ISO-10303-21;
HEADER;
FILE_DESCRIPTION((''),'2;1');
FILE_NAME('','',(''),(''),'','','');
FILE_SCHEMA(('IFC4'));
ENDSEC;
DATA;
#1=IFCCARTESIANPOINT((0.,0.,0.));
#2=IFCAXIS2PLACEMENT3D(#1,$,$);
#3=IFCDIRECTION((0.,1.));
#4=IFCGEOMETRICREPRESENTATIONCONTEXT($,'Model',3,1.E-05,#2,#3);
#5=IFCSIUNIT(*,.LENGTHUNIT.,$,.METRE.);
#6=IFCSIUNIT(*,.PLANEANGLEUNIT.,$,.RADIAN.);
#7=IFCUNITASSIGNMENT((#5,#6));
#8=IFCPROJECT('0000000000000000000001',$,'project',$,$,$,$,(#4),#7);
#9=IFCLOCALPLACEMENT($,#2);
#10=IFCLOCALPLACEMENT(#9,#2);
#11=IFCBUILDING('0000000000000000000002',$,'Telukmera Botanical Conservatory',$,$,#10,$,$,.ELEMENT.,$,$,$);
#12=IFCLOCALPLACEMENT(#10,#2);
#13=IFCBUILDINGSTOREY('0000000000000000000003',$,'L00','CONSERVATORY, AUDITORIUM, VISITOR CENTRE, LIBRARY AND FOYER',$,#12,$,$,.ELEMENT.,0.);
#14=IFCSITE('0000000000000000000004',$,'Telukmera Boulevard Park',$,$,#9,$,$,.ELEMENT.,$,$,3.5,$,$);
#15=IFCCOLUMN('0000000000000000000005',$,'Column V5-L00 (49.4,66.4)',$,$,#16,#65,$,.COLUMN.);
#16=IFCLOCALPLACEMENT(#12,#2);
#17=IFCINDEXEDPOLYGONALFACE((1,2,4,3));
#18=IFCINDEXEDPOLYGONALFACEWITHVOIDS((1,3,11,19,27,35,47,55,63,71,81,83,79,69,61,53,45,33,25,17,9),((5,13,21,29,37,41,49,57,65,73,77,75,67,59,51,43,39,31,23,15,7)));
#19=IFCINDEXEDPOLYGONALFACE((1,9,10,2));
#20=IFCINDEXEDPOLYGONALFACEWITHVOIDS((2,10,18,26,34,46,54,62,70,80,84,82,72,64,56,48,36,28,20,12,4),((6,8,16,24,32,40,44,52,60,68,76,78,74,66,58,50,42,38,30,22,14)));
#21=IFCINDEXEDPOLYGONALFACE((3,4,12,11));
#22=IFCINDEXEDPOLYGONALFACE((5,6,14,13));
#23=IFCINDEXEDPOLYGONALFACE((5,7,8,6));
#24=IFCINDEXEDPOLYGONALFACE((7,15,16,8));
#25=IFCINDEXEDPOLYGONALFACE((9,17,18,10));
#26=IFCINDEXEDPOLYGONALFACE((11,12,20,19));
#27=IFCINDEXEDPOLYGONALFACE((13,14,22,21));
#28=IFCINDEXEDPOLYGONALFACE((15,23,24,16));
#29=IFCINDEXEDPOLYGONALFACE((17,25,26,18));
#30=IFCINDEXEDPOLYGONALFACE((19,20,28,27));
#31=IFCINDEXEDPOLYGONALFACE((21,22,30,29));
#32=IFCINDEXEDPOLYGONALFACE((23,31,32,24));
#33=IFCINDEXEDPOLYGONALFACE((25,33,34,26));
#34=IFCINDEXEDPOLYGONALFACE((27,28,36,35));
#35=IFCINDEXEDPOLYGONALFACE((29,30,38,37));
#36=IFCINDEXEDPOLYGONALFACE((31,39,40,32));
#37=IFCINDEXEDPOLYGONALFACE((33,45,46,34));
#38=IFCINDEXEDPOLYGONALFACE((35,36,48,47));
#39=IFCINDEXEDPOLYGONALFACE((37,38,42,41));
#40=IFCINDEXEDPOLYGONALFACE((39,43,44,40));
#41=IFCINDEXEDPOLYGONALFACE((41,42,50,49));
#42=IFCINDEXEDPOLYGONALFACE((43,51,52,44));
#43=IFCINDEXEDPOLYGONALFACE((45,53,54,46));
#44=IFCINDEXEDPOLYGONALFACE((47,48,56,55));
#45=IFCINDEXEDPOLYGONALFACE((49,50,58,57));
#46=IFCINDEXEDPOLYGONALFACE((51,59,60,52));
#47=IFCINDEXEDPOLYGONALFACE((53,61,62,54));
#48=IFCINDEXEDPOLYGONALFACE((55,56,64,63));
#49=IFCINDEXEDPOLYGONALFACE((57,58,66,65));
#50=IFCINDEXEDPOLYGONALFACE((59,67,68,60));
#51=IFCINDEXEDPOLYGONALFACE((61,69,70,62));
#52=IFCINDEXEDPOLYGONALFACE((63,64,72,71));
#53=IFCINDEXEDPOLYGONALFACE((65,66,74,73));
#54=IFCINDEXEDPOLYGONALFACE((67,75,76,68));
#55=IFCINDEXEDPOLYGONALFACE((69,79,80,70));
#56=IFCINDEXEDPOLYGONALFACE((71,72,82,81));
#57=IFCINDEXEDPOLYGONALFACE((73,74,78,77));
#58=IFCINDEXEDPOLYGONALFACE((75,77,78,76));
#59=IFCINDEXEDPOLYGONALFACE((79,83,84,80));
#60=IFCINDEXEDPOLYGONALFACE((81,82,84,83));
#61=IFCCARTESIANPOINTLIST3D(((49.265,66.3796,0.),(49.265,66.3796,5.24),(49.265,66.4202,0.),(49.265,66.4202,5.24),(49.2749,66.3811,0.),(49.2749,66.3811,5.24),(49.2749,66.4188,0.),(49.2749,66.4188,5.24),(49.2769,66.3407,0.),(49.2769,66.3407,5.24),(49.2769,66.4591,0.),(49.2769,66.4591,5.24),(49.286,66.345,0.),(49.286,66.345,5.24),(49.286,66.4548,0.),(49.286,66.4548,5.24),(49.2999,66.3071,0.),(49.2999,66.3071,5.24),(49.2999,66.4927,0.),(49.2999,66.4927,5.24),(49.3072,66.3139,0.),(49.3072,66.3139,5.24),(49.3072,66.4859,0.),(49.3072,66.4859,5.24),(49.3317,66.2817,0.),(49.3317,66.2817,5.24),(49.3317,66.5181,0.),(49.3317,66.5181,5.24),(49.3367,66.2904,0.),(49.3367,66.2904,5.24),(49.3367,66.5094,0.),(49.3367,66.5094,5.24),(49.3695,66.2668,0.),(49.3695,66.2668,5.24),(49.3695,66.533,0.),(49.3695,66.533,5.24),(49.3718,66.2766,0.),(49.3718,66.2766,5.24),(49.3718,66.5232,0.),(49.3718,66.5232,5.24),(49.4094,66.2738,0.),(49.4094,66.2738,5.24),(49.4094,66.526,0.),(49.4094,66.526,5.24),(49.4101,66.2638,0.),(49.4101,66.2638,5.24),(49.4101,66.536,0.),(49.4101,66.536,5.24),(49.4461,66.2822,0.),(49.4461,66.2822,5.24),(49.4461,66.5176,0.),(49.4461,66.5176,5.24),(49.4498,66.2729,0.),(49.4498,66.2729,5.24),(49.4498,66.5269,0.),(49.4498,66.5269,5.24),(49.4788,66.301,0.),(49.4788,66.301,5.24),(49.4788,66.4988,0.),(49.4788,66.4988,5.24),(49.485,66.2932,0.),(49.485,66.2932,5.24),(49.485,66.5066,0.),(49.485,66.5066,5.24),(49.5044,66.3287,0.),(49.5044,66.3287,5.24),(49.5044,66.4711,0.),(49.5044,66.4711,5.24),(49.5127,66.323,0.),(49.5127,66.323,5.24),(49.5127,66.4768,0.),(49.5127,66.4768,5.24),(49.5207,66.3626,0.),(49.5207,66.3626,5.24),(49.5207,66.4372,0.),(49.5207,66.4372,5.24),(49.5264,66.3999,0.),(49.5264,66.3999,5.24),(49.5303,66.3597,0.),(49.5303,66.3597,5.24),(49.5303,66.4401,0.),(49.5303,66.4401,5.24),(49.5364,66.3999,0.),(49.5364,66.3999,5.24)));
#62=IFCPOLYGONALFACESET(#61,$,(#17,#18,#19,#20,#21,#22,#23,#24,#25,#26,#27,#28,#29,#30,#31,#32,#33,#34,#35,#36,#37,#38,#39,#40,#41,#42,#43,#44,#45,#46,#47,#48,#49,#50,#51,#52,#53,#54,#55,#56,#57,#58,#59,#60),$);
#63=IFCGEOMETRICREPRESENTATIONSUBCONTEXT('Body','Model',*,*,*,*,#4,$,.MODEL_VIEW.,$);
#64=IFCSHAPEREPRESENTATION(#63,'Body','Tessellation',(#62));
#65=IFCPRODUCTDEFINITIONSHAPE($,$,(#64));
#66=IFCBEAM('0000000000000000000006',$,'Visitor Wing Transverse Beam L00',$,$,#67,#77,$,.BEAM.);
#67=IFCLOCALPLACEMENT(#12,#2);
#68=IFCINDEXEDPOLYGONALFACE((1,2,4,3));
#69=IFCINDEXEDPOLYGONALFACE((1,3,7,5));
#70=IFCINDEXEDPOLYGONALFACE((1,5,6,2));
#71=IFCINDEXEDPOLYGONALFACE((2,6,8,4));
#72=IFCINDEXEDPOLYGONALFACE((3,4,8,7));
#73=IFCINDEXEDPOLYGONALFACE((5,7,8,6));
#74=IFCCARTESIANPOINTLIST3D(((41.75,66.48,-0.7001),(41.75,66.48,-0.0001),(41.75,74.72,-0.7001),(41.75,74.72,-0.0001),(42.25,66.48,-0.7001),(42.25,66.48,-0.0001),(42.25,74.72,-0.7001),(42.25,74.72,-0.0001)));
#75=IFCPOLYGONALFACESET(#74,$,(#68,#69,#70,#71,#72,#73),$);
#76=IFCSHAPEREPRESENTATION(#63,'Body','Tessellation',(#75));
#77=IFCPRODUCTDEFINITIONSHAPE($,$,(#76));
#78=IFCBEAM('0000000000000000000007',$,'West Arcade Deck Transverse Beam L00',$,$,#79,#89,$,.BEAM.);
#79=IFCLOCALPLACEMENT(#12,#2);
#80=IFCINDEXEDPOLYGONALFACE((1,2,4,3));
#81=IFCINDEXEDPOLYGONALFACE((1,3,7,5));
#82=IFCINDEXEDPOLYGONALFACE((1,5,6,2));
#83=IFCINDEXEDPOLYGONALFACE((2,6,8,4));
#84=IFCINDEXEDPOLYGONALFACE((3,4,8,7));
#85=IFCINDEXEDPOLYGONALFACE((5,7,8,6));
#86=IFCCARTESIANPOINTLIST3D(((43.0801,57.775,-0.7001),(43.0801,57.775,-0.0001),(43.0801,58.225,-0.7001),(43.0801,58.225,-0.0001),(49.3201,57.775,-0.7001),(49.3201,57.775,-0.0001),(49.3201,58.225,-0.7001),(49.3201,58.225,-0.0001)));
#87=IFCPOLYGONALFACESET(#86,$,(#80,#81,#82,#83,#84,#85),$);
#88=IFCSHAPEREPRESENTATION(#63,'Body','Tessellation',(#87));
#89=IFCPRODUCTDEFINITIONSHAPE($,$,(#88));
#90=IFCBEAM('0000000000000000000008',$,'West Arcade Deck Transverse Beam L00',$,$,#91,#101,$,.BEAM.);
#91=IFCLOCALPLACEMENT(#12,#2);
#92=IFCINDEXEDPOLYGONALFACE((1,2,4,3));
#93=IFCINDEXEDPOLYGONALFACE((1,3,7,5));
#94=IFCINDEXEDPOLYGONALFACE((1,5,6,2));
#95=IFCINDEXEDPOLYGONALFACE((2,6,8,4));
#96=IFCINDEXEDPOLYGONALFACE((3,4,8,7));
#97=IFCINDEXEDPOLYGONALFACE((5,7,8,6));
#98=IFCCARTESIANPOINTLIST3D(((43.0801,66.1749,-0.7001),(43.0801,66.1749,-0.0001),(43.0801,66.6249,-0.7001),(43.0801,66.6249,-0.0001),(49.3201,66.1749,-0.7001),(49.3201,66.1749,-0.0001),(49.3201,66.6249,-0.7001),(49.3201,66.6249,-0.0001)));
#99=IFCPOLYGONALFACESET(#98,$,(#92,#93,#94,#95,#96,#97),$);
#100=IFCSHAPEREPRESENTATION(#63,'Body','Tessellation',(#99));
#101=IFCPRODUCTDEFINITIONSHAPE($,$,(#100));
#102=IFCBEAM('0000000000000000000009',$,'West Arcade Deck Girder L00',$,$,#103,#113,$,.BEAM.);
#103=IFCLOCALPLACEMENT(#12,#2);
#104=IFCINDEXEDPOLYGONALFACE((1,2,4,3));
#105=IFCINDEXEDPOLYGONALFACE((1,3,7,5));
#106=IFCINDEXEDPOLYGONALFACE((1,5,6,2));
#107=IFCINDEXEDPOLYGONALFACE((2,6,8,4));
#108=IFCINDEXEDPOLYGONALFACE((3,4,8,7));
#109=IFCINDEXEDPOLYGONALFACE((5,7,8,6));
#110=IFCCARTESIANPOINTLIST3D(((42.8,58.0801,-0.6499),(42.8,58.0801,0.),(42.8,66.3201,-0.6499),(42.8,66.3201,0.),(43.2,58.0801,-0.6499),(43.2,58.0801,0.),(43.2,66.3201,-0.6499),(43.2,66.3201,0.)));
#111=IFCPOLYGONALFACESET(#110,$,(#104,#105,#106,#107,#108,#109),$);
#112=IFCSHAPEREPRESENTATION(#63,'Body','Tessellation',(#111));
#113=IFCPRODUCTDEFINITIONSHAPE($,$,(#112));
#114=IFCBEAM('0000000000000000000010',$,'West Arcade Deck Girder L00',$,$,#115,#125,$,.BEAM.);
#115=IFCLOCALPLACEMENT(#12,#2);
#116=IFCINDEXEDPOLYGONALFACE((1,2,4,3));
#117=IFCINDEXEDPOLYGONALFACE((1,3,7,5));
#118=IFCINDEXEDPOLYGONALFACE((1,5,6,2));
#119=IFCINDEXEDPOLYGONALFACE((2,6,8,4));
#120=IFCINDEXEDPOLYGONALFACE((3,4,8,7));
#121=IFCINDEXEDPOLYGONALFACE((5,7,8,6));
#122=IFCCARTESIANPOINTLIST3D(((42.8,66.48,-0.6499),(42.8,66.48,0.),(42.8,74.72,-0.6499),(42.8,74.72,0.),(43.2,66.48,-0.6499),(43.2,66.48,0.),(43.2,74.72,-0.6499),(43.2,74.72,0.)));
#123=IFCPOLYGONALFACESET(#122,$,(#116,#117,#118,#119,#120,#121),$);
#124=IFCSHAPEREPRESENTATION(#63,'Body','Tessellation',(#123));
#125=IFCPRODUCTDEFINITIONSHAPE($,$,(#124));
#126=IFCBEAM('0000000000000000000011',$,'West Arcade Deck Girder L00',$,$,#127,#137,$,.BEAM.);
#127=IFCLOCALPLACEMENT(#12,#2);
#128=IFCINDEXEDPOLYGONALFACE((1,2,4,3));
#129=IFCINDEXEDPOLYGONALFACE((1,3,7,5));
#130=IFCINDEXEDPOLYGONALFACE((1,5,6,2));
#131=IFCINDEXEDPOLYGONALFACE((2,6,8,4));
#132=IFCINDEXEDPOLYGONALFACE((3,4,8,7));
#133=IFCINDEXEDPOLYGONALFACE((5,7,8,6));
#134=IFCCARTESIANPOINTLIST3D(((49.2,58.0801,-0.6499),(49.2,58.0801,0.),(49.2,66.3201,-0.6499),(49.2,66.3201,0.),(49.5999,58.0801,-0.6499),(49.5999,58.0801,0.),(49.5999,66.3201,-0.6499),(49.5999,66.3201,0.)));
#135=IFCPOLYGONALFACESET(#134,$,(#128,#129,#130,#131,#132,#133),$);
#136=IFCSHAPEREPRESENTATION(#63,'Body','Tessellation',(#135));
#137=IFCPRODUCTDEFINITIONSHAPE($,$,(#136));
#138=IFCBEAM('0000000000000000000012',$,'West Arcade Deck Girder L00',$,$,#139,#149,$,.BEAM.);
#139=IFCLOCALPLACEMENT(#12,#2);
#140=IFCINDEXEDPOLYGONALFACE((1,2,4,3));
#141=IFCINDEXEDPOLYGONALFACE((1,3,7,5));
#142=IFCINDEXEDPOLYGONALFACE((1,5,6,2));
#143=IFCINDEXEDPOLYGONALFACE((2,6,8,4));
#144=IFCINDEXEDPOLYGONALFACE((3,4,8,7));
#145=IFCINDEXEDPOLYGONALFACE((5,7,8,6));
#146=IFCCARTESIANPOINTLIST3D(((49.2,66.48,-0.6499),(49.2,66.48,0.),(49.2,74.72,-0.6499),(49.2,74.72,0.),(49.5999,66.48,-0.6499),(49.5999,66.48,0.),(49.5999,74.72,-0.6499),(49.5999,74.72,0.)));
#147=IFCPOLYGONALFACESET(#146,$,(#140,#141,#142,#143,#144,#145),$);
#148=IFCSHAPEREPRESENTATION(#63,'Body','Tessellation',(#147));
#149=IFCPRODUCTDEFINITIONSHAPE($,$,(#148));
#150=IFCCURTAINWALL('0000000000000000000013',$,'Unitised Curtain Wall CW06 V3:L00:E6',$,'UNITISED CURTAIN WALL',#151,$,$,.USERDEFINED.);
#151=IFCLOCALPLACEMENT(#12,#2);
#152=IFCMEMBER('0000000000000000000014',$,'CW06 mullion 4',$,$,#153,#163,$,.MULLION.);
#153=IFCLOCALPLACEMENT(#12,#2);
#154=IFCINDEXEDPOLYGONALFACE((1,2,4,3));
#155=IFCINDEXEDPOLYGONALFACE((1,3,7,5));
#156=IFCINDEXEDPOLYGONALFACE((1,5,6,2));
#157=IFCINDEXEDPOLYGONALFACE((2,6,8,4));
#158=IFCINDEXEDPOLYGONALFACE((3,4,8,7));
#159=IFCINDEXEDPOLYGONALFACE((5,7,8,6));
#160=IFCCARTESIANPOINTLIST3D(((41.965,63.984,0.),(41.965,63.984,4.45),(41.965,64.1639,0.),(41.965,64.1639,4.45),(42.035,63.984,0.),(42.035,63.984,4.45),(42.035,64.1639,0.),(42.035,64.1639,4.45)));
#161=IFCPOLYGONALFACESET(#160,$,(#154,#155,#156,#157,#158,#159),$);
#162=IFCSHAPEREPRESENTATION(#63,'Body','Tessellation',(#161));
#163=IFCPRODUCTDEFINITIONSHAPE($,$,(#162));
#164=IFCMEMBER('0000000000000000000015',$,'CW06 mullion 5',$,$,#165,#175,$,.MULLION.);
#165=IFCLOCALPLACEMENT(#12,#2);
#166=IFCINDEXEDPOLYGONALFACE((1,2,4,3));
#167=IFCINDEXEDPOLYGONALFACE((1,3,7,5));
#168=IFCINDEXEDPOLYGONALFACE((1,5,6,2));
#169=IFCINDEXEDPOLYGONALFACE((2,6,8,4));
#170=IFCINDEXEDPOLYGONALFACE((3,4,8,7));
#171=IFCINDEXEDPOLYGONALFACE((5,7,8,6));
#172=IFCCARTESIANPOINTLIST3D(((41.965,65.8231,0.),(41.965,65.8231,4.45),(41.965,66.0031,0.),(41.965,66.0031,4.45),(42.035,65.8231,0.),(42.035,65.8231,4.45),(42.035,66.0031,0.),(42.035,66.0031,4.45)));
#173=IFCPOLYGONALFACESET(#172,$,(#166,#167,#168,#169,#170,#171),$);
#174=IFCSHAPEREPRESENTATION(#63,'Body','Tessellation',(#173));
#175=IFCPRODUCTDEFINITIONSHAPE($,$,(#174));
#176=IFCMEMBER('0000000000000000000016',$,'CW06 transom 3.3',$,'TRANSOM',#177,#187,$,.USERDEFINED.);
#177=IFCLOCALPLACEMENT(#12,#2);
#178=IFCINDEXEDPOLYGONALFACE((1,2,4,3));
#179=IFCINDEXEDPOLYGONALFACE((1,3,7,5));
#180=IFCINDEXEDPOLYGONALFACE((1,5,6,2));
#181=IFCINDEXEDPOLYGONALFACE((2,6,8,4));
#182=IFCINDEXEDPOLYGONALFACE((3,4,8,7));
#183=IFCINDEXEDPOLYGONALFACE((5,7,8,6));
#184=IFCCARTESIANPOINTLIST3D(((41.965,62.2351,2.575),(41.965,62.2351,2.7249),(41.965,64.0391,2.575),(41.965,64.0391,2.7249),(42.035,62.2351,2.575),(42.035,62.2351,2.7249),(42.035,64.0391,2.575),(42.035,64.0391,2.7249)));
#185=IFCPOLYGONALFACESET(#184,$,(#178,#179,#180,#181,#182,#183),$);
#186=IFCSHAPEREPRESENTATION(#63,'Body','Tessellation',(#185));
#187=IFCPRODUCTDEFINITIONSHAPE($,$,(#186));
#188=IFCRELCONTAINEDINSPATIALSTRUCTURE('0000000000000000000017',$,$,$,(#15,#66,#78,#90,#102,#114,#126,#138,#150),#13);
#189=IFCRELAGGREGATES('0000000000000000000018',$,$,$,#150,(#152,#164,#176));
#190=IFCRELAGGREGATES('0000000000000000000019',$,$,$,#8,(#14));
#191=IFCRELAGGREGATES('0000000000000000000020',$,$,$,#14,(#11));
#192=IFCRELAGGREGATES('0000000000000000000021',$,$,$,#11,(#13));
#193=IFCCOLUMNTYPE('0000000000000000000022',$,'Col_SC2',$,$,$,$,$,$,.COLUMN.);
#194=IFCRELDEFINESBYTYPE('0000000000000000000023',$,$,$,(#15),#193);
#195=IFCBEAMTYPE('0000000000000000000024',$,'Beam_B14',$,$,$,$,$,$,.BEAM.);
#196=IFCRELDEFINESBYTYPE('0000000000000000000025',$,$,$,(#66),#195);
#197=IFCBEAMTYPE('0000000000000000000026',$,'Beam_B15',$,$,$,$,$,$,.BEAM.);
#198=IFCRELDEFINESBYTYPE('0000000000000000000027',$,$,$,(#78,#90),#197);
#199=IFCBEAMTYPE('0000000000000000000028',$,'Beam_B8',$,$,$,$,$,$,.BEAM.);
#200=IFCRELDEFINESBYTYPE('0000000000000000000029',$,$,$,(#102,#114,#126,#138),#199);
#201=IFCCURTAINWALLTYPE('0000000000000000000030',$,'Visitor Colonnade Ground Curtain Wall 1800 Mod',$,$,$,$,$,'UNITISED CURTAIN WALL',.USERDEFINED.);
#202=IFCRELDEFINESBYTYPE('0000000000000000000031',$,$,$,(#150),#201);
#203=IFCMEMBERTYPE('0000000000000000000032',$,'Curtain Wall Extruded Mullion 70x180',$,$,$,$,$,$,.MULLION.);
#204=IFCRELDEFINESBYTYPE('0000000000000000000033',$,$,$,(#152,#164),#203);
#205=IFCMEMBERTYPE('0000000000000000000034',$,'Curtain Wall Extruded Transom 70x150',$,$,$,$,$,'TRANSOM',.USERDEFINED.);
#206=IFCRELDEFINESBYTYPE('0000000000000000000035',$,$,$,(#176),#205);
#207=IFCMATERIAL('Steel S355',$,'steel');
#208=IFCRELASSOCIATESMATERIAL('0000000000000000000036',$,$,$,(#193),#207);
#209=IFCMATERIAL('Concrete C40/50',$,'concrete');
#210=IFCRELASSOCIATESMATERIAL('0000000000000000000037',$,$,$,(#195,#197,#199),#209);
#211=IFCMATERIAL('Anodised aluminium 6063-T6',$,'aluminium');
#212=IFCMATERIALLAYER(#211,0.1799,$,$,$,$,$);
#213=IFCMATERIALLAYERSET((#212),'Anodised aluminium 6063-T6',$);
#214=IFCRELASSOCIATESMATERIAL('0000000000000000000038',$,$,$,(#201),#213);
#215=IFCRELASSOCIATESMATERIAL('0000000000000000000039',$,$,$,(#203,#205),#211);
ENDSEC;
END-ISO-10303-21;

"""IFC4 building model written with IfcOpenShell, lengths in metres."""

from ifc_helpers import new_model, si_unit, direction, frame, origin, origin_2d, place, context, subcontext, project, spatial, rectangle, hollow_circle, extrude, material, layer, layer_set, material_profile, profile_set, type_object, element, aggregate, save


model = new_model("IFC4")

# Units and contexts
model_context = context("Model", 3, precision=1e-05, world=origin(), true_north=direction((0.0, 1.0)))
body_context = subcontext(model_context, "Body", "Model", "MODEL_VIEW")
ifc_project = project(units=[si_unit("LENGTHUNIT", "METRE"), si_unit("PLANEANGLEUNIT", "RADIAN")], contexts=[model_context])

# Site, building, storey
site_placement = place(None, origin())
site = spatial("IfcSite", under=ifc_project, at=site_placement, Name="Telukmera Boulevard Park", CompositionType="ELEMENT", RefElevation=3.5)
building_placement = place(site_placement, origin())
building = spatial("IfcBuilding", under=site, at=building_placement, Name="Telukmera Botanical Conservatory", CompositionType="ELEMENT")
storey_placement = place(building_placement, origin())
storey = spatial("IfcBuildingStorey", under=building, at=storey_placement, Name="L00", Description="CONSERVATORY, AUDITORIUM, VISITOR CENTRE, LIBRARY AND FOYER", CompositionType="ELEMENT", Elevation=0.0)

# Column
ifc_material_1 = material(Name="Concrete C40/50", Category="concrete")
ifc_material_2 = material(Name="Steel S355", Category="steel")
ifc_material_profile_1 = material_profile(ifc_material_2, hollow_circle(Radius=0.1365, WallThickness=0.01, at=origin_2d()), Name="CHS 273.0x10.0")
ifc_profile_set_1 = profile_set([ifc_material_profile_1], Name="Steel S355")
column_type_1 = type_object("IfcColumnType", Name="Col_SC2", PredefinedType="COLUMN", material=ifc_profile_set_1)
for number, where, z_axis, x_axis, name in (
    (1, (49.3999, 66.3999, 0.0), (0.0, 0.0, 1.0), (1.0, 0.0, 0.0), "Column V5-L00 (49.4,66.4)"),
):
    element("IfcColumn", number, at=place(storey_placement, frame(where, z_axis=z_axis, x_axis=x_axis)), inside=storey, type_object=column_type_1, Name=name, PredefinedType="COLUMN", context=body_context, shape_type="SweptSolid", body=[
        extrude(hollow_circle(Radius=0.1365, WallThickness=0.01, at=origin_2d()), origin(), (0.0, 0.0, 1.0), 5.24),
    ])

# Beams
ifc_material_profile_2 = material_profile(ifc_material_1, rectangle(XDim=0.5, YDim=0.7, at=origin_2d()), Name="RC 500x700")
ifc_profile_set_2 = profile_set([ifc_material_profile_2], Name="Concrete C40/50")
beam_type_1 = type_object("IfcBeamType", Name="Beam_B14", PredefinedType="BEAM", material=ifc_profile_set_2)
beam_placement = place(storey_placement, frame((42.0, 66.48, -0.3501), z_axis=(0.0, 1.0, 0.0), x_axis=(-1.0, 0.0, 0.0)))
element("IfcBeam", 2, at=beam_placement, inside=storey, type_object=beam_type_1, Name="Visitor Wing Transverse Beam L00", PredefinedType="BEAM", context=body_context, shape_type="SweptSolid", body=[
    extrude(rectangle(XDim=0.5, YDim=0.7, at=origin_2d()), origin(), (0.0, 0.0, 1.0), 8.24),
])
ifc_material_profile_3 = material_profile(ifc_material_1, rectangle(XDim=0.45, YDim=0.7, at=origin_2d()), Name="RC 450x700")
ifc_profile_set_3 = profile_set([ifc_material_profile_3], Name="Concrete C40/50")
beam_type_2 = type_object("IfcBeamType", Name="Beam_B15", PredefinedType="BEAM", material=ifc_profile_set_3)
for number, where, z_axis, x_axis, name in (
    (3, (43.0801, 58.0, -0.3501), (1.0, 0.0, 0.0), (0.0, 1.0, 0.0), "West Arcade Deck Transverse Beam L00"),
    (4, (43.0801, 66.3999, -0.3501), (1.0, 0.0, 0.0), (0.0, 1.0, 0.0), "West Arcade Deck Transverse Beam L00"),
):
    element("IfcBeam", number, at=place(storey_placement, frame(where, z_axis=z_axis, x_axis=x_axis)), inside=storey, type_object=beam_type_2, Name=name, PredefinedType="BEAM", context=body_context, shape_type="SweptSolid", body=[
        extrude(rectangle(XDim=0.45, YDim=0.7, at=origin_2d()), origin(), (0.0, 0.0, 1.0), 6.24),
    ])
ifc_material_profile_4 = material_profile(ifc_material_1, rectangle(XDim=0.3999, YDim=0.6499, at=origin_2d()), Name="RC 400x650")
ifc_profile_set_4 = profile_set([ifc_material_profile_4], Name="Concrete C40/50")
beam_type_3 = type_object("IfcBeamType", Name="Beam_B8", PredefinedType="BEAM", material=ifc_profile_set_4)
for number, where, z_axis, x_axis, name in (
    (5, (43.0, 58.0801, -0.325), (0.0, 1.0, 0.0), (-1.0, 0.0, 0.0), "West Arcade Deck Girder L00"),
    (6, (43.0, 66.48, -0.325), (0.0, 1.0, 0.0), (-1.0, 0.0, 0.0), "West Arcade Deck Girder L00"),
    (7, (49.3999, 58.0801, -0.325), (0.0, 1.0, 0.0), (-1.0, 0.0, 0.0), "West Arcade Deck Girder L00"),
    (8, (49.3999, 66.48, -0.325), (0.0, 1.0, 0.0), (-1.0, 0.0, 0.0), "West Arcade Deck Girder L00"),
):
    element("IfcBeam", number, at=place(storey_placement, frame(where, z_axis=z_axis, x_axis=x_axis)), inside=storey, type_object=beam_type_3, Name=name, PredefinedType="BEAM", context=body_context, shape_type="SweptSolid", body=[
        extrude(rectangle(XDim=0.3999, YDim=0.6499, at=origin_2d()), origin(), (0.0, 0.0, 1.0), 8.24),
    ])

# Curtain wall, members
ifc_material_3 = material(Name="Anodised aluminium 6063-T6", Category="aluminium")
ifc_layer_1 = layer(ifc_material_3, 0.1799)
ifc_layer_set_1 = layer_set([ifc_layer_1], Name="Anodised aluminium 6063-T6")
curtain_wall_type = type_object("IfcCurtainWallType", Name="Visitor Colonnade Ground Curtain Wall 1800 Mod", ElementType="UNITISED CURTAIN WALL", PredefinedType="USERDEFINED", material=ifc_layer_set_1)
curtain_wall_placement = place(storey_placement, origin())
curtain_wall = element("IfcCurtainWall", 9, at=curtain_wall_placement, inside=storey, type_object=curtain_wall_type, Name="Unitised Curtain Wall CW06 V3:L00:E6", ObjectType="UNITISED CURTAIN WALL", PredefinedType="USERDEFINED")
ifc_material_profile_5 = material_profile(ifc_material_3, rectangle(XDim=0.0701, YDim=0.1799, at=origin_2d()), Name="ALU MULL 70x180")
ifc_profile_set_5 = profile_set([ifc_material_profile_5], Name="Anodised aluminium 6063-T6")
member_type_1 = type_object("IfcMemberType", Name="Curtain Wall Extruded Mullion 70x180", PredefinedType="MULLION", material=ifc_profile_set_5)
member_1_placement = place(storey_placement, frame((42.0, 64.074, 0.0), z_axis=(0.0, 0.0, 1.0), x_axis=(-1.0, 0.0, 0.0)))
member_1 = element("IfcMember", 10, at=member_1_placement, type_object=member_type_1, Name="CW06 mullion 4", PredefinedType="MULLION", context=body_context, shape_type="SweptSolid", body=[
    extrude(rectangle(XDim=0.0701, YDim=0.1799, at=origin_2d()), origin(), (0.0, 0.0, 1.0), 4.45),
])
member_2_placement = place(storey_placement, frame((42.0, 65.9131, 0.0), z_axis=(0.0, 0.0, 1.0), x_axis=(-1.0, 0.0, 0.0)))
member_2 = element("IfcMember", 11, at=member_2_placement, type_object=member_type_1, Name="CW06 mullion 5", PredefinedType="MULLION", context=body_context, shape_type="SweptSolid", body=[
    extrude(rectangle(XDim=0.0701, YDim=0.1799, at=origin_2d()), origin(), (0.0, 0.0, 1.0), 4.45),
])
ifc_material_profile_6 = material_profile(ifc_material_3, rectangle(XDim=0.0701, YDim=0.1499, at=origin_2d()), Name="ALU TRAN 70x150")
ifc_profile_set_6 = profile_set([ifc_material_profile_6], Name="Anodised aluminium 6063-T6")
member_type_2 = type_object("IfcMemberType", Name="Curtain Wall Extruded Transom 70x150", ElementType="TRANSOM", PredefinedType="USERDEFINED", material=ifc_profile_set_6)
member_3_placement = place(storey_placement, frame((42.0, 62.2351, 2.6499), z_axis=(0.0, 1.0, 0.0), x_axis=(-1.0, 0.0, 0.0)))
member_3 = element("IfcMember", 12, at=member_3_placement, type_object=member_type_2, Name="CW06 transom 3.3", ObjectType="TRANSOM", PredefinedType="USERDEFINED", context=body_context, shape_type="SweptSolid", body=[
    extrude(rectangle(XDim=0.0701, YDim=0.1499, at=origin_2d()), origin(), (0.0, 0.0, 1.0), 1.804),
])

aggregate(curtain_wall, [member_1, member_2, member_3])

save(model, "model.ifc")
